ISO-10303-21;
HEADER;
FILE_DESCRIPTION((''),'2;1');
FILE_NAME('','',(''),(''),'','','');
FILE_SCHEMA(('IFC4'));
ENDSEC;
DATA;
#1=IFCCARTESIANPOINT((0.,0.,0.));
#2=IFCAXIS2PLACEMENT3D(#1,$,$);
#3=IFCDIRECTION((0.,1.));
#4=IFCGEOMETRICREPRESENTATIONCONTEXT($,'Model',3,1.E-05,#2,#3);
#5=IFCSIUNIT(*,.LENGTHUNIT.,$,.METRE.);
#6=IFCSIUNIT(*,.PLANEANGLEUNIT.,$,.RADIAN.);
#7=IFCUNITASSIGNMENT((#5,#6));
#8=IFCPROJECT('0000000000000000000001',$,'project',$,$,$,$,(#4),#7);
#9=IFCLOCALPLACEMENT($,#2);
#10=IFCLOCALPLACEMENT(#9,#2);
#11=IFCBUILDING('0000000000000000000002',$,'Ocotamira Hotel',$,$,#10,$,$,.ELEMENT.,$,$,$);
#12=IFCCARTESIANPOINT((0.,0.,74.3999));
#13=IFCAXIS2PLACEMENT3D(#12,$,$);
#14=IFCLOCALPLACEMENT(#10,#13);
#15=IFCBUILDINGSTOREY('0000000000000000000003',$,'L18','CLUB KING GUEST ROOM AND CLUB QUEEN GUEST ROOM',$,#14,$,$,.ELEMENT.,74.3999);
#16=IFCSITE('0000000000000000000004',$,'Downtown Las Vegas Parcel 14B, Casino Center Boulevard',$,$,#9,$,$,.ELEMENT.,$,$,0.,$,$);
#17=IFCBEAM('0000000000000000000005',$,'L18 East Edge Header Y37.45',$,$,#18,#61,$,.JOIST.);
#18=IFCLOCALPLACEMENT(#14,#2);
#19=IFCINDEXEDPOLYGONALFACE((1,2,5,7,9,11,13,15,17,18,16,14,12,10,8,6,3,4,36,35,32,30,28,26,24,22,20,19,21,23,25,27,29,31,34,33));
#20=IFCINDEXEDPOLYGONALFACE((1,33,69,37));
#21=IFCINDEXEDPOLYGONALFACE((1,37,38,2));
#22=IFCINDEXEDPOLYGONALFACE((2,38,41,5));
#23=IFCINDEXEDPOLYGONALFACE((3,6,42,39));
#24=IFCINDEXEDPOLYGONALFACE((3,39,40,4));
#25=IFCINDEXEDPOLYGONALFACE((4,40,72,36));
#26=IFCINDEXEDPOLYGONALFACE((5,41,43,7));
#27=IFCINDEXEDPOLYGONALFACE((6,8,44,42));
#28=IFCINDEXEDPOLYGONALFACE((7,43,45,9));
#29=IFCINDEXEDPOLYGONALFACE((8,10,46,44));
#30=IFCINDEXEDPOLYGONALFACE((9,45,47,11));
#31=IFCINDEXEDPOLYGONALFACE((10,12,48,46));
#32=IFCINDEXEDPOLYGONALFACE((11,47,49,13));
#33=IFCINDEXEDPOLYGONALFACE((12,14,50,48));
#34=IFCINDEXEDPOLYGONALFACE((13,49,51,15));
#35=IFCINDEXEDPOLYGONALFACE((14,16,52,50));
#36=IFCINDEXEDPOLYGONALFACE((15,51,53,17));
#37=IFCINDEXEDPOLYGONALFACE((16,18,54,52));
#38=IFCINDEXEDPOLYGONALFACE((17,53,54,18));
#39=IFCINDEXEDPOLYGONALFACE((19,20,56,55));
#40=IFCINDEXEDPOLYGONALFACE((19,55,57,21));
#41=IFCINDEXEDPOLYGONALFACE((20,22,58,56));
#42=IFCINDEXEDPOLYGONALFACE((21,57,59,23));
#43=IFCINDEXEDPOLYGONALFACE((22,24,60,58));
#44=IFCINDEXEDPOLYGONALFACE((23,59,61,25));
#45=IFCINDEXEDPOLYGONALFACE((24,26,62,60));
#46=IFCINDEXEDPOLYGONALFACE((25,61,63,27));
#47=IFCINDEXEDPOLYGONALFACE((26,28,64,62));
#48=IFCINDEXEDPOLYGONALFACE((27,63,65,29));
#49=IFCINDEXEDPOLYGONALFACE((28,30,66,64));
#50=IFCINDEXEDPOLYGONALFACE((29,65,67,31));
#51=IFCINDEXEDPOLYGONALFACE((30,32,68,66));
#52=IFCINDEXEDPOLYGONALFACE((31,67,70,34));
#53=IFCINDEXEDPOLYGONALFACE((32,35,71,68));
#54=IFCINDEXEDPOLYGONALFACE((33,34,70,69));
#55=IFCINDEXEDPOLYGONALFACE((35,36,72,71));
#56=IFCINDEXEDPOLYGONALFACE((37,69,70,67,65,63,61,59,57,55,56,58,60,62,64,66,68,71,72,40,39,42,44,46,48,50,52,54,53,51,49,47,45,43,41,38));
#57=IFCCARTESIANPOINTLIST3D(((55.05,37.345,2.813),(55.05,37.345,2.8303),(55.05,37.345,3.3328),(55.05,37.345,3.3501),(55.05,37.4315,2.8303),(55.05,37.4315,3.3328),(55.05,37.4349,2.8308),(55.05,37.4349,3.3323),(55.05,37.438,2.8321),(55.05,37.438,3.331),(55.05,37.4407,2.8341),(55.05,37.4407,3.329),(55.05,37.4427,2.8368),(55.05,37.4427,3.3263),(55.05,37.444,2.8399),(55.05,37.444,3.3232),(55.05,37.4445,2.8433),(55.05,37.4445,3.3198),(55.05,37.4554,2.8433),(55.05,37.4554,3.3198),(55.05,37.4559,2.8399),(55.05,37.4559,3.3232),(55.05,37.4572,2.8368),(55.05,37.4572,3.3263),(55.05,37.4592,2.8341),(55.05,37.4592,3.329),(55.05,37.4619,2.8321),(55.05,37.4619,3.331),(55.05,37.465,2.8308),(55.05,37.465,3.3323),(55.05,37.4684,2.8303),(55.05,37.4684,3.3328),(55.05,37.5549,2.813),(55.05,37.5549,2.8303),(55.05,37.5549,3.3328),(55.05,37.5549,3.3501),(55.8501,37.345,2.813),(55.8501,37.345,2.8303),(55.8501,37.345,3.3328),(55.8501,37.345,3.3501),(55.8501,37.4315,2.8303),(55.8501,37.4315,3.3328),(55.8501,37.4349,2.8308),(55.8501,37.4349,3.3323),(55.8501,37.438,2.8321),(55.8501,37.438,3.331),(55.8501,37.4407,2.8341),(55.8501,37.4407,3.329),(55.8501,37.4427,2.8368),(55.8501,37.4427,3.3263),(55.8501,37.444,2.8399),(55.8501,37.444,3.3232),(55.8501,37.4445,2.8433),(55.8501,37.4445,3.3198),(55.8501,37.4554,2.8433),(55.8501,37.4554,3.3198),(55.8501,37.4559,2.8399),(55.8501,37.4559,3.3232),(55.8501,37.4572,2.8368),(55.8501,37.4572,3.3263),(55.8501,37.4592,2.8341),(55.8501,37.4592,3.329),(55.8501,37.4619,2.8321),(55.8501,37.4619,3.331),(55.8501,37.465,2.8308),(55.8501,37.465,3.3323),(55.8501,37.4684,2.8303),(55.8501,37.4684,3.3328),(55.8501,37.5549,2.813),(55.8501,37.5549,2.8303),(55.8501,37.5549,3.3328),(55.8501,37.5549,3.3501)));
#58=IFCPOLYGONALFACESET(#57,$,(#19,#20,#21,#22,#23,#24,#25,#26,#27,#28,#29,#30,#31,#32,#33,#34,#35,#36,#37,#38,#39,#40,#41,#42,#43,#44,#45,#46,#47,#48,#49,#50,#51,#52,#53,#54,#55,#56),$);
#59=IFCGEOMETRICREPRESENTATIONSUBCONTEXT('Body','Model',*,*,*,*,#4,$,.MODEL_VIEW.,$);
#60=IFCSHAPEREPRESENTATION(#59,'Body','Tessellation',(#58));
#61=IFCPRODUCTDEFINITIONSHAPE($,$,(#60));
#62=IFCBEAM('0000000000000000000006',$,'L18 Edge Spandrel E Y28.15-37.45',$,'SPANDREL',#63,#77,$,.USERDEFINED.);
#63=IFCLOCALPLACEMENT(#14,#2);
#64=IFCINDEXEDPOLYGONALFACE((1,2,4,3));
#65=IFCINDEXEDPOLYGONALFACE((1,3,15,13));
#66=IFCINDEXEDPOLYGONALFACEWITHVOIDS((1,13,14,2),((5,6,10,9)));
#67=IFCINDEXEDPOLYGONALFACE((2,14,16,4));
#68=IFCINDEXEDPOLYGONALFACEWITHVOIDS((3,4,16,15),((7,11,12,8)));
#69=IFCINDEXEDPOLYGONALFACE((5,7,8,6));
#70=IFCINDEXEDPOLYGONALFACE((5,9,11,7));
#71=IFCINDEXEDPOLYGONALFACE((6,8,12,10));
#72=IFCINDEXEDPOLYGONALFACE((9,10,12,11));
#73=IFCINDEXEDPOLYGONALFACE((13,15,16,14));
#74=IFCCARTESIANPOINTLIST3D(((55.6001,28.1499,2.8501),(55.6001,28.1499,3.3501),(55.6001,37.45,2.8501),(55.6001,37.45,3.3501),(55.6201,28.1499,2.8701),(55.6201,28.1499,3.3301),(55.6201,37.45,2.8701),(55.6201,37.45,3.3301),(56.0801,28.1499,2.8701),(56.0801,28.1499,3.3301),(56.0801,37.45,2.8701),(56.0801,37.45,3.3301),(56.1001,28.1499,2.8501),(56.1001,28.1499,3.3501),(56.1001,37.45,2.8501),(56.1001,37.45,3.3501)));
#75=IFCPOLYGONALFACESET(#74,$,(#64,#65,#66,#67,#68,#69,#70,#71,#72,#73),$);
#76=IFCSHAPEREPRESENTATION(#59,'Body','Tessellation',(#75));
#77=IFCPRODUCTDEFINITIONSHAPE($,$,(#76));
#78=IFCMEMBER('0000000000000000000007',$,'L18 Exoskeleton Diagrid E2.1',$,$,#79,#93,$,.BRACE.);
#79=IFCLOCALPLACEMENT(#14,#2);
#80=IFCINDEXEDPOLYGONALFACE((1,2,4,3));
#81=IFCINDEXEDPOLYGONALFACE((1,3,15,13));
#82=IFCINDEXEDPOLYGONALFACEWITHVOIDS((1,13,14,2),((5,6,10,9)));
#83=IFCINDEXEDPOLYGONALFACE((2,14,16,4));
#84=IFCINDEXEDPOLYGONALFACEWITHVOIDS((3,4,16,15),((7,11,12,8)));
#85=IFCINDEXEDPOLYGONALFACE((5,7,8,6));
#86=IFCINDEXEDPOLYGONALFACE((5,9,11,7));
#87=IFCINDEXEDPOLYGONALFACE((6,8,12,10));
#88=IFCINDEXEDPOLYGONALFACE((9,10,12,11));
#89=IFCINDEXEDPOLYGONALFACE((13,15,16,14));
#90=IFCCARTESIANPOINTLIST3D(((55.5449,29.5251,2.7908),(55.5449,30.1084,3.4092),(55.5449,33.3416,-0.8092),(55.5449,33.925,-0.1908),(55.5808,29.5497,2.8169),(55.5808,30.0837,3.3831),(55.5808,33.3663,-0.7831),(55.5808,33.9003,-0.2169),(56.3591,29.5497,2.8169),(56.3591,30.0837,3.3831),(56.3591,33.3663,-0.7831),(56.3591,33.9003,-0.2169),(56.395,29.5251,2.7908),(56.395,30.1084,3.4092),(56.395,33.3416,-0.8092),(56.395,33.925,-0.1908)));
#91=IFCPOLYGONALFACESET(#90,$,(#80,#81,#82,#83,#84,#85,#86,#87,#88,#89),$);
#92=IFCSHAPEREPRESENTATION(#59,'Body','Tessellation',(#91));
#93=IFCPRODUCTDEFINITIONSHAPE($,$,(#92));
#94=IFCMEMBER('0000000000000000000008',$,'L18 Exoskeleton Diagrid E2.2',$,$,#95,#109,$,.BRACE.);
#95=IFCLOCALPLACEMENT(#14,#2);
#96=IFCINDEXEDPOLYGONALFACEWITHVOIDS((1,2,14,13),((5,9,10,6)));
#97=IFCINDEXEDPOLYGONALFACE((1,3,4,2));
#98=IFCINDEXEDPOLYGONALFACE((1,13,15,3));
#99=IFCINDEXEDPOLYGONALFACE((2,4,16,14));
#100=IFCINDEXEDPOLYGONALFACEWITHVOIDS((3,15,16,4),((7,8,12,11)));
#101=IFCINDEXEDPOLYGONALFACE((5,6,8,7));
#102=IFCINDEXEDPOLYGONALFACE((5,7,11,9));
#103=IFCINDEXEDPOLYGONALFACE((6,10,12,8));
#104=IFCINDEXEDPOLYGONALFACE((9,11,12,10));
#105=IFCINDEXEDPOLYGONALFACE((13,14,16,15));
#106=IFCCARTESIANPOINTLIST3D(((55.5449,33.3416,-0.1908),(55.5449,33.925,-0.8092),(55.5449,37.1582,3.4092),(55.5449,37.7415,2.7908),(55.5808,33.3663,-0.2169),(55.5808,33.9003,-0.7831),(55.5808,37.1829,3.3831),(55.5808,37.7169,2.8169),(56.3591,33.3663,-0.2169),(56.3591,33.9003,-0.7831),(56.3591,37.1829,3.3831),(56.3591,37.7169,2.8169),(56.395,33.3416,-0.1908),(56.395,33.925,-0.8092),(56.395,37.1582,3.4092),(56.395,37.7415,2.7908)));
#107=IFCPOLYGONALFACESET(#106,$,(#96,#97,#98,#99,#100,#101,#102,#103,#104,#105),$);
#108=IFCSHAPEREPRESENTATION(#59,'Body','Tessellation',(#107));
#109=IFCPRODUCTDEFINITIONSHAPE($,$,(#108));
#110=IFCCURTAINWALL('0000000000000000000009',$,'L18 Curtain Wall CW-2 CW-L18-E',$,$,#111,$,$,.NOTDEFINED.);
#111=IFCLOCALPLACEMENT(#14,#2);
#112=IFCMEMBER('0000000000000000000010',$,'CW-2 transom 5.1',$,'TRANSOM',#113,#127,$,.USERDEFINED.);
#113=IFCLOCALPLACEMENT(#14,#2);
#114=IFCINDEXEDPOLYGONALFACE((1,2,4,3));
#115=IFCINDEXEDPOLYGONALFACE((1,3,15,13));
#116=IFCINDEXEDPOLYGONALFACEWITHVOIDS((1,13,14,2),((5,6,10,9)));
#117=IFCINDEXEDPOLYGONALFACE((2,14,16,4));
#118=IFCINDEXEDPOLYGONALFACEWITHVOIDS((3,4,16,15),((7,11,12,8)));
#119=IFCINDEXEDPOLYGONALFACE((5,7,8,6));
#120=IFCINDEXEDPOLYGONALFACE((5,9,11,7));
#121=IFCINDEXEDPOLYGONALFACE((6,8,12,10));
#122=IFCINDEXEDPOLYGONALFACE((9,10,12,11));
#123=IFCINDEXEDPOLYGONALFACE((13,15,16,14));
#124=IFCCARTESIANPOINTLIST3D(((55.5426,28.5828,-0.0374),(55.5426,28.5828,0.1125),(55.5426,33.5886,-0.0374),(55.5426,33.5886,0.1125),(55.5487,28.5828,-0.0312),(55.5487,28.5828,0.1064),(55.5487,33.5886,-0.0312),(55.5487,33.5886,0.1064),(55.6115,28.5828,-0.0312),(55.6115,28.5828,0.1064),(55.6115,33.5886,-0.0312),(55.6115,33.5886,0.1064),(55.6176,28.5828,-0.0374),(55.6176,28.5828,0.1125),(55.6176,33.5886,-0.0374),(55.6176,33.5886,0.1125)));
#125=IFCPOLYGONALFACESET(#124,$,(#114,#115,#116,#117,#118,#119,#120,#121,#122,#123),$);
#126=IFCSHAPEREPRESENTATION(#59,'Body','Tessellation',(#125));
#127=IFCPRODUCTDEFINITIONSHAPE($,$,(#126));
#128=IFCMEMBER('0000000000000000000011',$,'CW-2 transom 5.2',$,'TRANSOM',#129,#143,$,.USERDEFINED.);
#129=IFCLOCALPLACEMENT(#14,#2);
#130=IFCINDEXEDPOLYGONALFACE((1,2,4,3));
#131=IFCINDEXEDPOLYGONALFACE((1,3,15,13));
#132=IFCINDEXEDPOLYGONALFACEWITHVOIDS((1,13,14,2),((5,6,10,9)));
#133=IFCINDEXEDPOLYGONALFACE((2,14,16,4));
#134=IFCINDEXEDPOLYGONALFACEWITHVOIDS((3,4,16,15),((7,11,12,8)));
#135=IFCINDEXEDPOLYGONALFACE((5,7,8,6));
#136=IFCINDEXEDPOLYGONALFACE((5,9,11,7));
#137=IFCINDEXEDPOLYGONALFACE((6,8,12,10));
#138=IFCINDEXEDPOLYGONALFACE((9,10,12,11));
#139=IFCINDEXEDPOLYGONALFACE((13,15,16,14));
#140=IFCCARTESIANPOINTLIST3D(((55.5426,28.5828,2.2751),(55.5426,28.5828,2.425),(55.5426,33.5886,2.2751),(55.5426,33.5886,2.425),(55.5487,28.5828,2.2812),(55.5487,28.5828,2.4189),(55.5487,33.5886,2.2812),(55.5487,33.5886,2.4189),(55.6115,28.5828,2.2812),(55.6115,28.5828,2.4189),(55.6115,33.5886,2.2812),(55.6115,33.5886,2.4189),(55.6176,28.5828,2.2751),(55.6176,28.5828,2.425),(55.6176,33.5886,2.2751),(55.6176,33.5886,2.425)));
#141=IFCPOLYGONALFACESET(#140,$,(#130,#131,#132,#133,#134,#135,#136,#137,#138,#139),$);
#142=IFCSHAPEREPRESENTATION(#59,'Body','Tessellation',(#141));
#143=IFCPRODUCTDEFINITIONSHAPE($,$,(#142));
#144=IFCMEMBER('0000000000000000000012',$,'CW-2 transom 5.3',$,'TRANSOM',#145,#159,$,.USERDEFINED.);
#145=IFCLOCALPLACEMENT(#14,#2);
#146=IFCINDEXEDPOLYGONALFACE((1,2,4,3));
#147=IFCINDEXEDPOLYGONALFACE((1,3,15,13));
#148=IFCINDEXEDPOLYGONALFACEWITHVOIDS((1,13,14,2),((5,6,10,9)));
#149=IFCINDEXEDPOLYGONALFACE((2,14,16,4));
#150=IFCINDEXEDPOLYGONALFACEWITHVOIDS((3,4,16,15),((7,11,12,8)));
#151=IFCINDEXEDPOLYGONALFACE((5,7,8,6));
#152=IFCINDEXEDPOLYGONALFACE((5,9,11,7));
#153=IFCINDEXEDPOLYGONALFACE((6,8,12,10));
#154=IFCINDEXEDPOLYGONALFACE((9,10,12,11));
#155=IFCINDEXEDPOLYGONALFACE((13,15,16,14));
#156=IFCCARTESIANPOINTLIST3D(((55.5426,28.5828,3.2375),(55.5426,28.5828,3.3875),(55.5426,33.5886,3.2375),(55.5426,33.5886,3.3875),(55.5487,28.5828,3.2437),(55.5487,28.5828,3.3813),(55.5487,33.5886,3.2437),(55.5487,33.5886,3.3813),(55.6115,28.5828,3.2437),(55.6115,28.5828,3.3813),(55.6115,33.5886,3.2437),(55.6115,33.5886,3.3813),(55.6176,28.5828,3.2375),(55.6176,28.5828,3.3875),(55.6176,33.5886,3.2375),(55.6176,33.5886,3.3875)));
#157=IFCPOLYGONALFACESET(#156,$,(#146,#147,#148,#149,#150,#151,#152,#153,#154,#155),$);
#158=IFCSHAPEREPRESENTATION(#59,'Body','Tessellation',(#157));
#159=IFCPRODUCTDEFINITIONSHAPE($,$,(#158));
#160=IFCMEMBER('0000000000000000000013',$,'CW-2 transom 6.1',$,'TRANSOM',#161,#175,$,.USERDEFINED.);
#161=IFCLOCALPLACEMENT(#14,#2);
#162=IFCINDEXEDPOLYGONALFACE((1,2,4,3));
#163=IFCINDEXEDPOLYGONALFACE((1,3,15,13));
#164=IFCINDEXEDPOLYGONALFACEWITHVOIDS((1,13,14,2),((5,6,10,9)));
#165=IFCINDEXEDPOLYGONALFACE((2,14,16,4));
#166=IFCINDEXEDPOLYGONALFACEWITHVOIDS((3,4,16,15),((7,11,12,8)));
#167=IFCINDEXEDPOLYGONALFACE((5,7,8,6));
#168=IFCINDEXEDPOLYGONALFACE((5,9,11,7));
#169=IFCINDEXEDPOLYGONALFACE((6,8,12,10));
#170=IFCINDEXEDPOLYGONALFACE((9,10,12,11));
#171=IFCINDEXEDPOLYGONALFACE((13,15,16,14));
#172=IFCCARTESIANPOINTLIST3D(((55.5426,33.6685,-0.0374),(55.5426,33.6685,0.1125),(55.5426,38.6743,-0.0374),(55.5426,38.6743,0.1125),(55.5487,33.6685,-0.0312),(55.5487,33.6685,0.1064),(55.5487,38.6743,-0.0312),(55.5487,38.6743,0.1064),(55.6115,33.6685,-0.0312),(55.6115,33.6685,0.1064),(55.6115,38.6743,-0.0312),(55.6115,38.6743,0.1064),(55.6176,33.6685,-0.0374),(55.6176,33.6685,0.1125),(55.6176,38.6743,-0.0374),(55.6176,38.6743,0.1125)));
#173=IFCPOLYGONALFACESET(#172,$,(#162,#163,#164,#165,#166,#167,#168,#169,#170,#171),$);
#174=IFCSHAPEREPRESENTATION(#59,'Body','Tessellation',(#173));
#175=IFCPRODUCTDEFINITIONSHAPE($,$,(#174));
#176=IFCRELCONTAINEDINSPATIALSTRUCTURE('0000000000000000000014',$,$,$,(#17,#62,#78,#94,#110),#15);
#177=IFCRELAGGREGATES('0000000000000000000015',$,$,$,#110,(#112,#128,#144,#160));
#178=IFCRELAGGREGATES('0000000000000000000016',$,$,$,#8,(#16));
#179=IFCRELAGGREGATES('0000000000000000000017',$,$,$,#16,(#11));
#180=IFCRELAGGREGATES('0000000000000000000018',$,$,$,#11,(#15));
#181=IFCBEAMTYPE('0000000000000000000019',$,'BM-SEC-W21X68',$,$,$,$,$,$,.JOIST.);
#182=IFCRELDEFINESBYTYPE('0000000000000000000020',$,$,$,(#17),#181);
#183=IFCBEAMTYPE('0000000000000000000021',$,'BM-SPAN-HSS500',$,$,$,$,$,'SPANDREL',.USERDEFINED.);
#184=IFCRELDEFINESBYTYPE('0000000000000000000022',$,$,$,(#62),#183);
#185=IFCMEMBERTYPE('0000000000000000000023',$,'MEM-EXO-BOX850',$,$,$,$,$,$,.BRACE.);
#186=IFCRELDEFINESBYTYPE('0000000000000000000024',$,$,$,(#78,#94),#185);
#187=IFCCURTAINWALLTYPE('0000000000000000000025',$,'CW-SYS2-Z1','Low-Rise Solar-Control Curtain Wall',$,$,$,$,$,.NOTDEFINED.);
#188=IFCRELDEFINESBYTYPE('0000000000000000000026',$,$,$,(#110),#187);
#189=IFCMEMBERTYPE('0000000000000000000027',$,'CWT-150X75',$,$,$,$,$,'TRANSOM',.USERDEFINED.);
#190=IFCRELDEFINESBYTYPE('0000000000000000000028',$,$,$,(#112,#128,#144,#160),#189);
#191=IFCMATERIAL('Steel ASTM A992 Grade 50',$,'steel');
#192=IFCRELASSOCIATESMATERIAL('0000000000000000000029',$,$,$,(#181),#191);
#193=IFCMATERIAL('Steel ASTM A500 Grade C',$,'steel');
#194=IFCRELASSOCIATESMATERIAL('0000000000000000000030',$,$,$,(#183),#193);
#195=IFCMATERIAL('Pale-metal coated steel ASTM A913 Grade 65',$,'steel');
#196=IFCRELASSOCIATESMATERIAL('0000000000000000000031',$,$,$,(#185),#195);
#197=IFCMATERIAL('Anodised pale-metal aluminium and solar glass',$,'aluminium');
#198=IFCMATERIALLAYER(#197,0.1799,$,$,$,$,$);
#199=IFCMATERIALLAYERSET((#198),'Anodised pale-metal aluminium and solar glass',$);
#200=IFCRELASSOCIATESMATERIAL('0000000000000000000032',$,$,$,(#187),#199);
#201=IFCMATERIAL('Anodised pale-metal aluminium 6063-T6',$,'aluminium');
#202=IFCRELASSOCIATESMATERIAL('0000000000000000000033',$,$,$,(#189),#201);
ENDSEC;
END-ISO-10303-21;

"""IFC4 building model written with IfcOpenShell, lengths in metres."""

from ifc_helpers import new_model, si_unit, direction, frame, origin, origin_2d, place, context, subcontext, project, spatial, hollow_rectangle, i_section, extrude, source, transform, mapped, material, layer, layer_set, material_profile, profile_set, type_object, element, aggregate, save


model = new_model("IFC4")

# Units and contexts
model_context = context("Model", 3, precision=1e-05, world=origin(), true_north=direction((0.0, 1.0)))
body_context = subcontext(model_context, "Body", "Model", "MODEL_VIEW")
ifc_project = project(units=[si_unit("LENGTHUNIT", "METRE"), si_unit("PLANEANGLEUNIT", "RADIAN")], contexts=[model_context])

# Site, building, storey
site_placement = place(None, origin())
site = spatial("IfcSite", under=ifc_project, at=site_placement, Name="Downtown Las Vegas Parcel 14B, Casino Center Boulevard", CompositionType="ELEMENT", RefElevation=0.0)
building_placement = place(site_placement, origin())
building = spatial("IfcBuilding", under=site, at=building_placement, Name="Ocotamira Hotel", CompositionType="ELEMENT")
storey_placement = place(building_placement, frame((0.0, 0.0, 74.3999)))
storey = spatial("IfcBuildingStorey", under=building, at=storey_placement, Name="L18", Description="CLUB KING GUEST ROOM AND CLUB QUEEN GUEST ROOM", CompositionType="ELEMENT", Elevation=74.3999)

# Beams
ifc_material_1 = material(Name="Steel ASTM A500 Grade C", Category="steel")
ifc_material_2 = material(Name="Steel ASTM A992 Grade 50", Category="steel")
ifc_material_profile_1 = material_profile(ifc_material_2, i_section(OverallWidth=0.21, OverallDepth=0.5371, WebThickness=0.011, FlangeThickness=0.0173, FilletRadius=0.0129, at=origin_2d()), Name="W21X68")
ifc_profile_set_1 = profile_set([ifc_material_profile_1], Name="Steel ASTM A992 Grade 50")
beam_type_1 = type_object("IfcBeamType", Name="BM-SEC-W21X68", PredefinedType="JOIST", material=ifc_profile_set_1)
shared_shape_1 = source(origin(), body_context, "Body", "SweptSolid", [
    extrude(i_section(OverallWidth=0.21, OverallDepth=0.5371, WebThickness=0.011, FlangeThickness=0.0173, FilletRadius=0.0129, at=origin_2d()), origin(), (0.0, 0.0, 1.0), 0.8),
])
for number, where, z_axis, x_axis, name in (
    (1, (55.05, 37.45, 3.0815), (1.0, 0.0, 0.0), (0.0, 1.0, 0.0), "L18 East Edge Header Y37.45"),
):
    element("IfcBeam", number, at=place(storey_placement, frame(where, z_axis=z_axis, x_axis=x_axis)), inside=storey, type_object=beam_type_1, Name=name, PredefinedType="JOIST", context=body_context, shape_type="MappedRepresentation", body=[
        mapped(shared_shape_1, transform((0.0, 0.0, 0.0), scale=1.0)),
    ])
ifc_material_profile_2 = material_profile(ifc_material_1, hollow_rectangle(XDim=0.5, YDim=0.5, WallThickness=0.02, at=origin_2d()), Name="HSS500X500X20")
ifc_profile_set_2 = profile_set([ifc_material_profile_2], Name="Steel ASTM A500 Grade C")
beam_type_2 = type_object("IfcBeamType", Name="BM-SPAN-HSS500", ElementType="SPANDREL", PredefinedType="USERDEFINED", material=ifc_profile_set_2)
shared_shape_2 = source(origin(), body_context, "Body", "SweptSolid", [
    extrude(hollow_rectangle(XDim=0.5, YDim=0.5, WallThickness=0.02, at=origin_2d()), origin(), (0.0, 0.0, 1.0), 9.3),
])
beam_1_placement = place(storey_placement, frame((55.8501, 28.1499, 3.1001), z_axis=(0.0, 1.0, 0.0), x_axis=(-1.0, 0.0, 0.0)))
element("IfcBeam", 2, at=beam_1_placement, inside=storey, type_object=beam_type_2, Name="L18 Edge Spandrel E Y28.15-37.45", ObjectType="SPANDREL", PredefinedType="USERDEFINED", context=body_context, shape_type="MappedRepresentation", body=[
    mapped(shared_shape_2, transform((0.0, 0.0, 0.0), scale=1.0)),
])

# Members
ifc_material_3 = material(Name="Pale-metal coated steel ASTM A913 Grade 65", Category="steel")
ifc_material_profile_3 = material_profile(ifc_material_3, hollow_rectangle(XDim=0.8501, YDim=0.8501, WallThickness=0.0359, at=origin_2d()), Name="BOX850X850X36")
ifc_profile_set_3 = profile_set([ifc_material_profile_3], Name="Pale-metal coated steel ASTM A913 Grade 65")
member_type_1 = type_object("IfcMemberType", Name="MEM-EXO-BOX850", PredefinedType="BRACE", material=ifc_profile_set_3)
shared_shape_3 = source(origin(), body_context, "Body", "SweptSolid", [
    extrude(hollow_rectangle(XDim=0.8501, YDim=0.8501, WallThickness=0.0359, at=origin_2d()), origin(), (0.0, 0.0, 1.0), 5.2466),
])
for number, where, z_axis, x_axis, name in (
    (3, (55.97, 33.6333, -0.5), (0.0, -0.727443, 0.686168), (1.0, 0.0, 0.0), "L18 Exoskeleton Diagrid E2.1"),
    (4, (55.97, 33.6333, -0.5), (0.0, 0.727443, 0.686168), (-1.0, 0.0, 0.0), "L18 Exoskeleton Diagrid E2.2"),
):
    element("IfcMember", number, at=place(storey_placement, frame(where, z_axis=z_axis, x_axis=x_axis)), inside=storey, type_object=member_type_1, Name=name, PredefinedType="BRACE", context=body_context, shape_type="MappedRepresentation", body=[
        mapped(shared_shape_3, transform((0.0, 0.0, 0.0), scale=1.0)),
    ])

# Curtain wall, members
ifc_material_4 = material(Name="Anodised pale-metal aluminium and solar glass", Category="aluminium")
ifc_layer_1 = layer(ifc_material_4, 0.1799)
ifc_layer_set_1 = layer_set([ifc_layer_1], Name="Anodised pale-metal aluminium and solar glass")
curtain_wall_type = type_object("IfcCurtainWallType", Name="CW-SYS2-Z1", Description="Low-Rise Solar-Control Curtain Wall", PredefinedType="NOTDEFINED", material=ifc_layer_set_1)
curtain_wall_placement = place(storey_placement, origin())
curtain_wall = element("IfcCurtainWall", 5, at=curtain_wall_placement, inside=storey, type_object=curtain_wall_type, Name="L18 Curtain Wall CW-2 CW-L18-E", PredefinedType="NOTDEFINED")
ifc_material_5 = material(Name="Anodised pale-metal aluminium 6063-T6", Category="aluminium")
ifc_material_profile_4 = material_profile(ifc_material_5, hollow_rectangle(XDim=0.075, YDim=0.1499, WallThickness=0.0061, at=origin_2d()), Name="HSS150X75X6")
ifc_profile_set_4 = profile_set([ifc_material_profile_4], Name="Anodised pale-metal aluminium 6063-T6")
member_type_2 = type_object("IfcMemberType", Name="CWT-150X75", ElementType="TRANSOM", PredefinedType="USERDEFINED", material=ifc_profile_set_4)
shared_shape_4 = source(origin(), body_context, "Body", "SweptSolid", [
    extrude(hollow_rectangle(XDim=0.075, YDim=0.1499, WallThickness=0.0061, at=origin_2d()), origin(), (0.0, 0.0, 1.0), 5.0059),
])
member_1_placement = place(storey_placement, frame((55.5801, 28.5828, 0.0376), z_axis=(0.0, 1.0, 0.0), x_axis=(-1.0, 0.0, 0.0)))
member_1 = element("IfcMember", 6, at=member_1_placement, type_object=member_type_2, Name="CW-2 transom 5.1", ObjectType="TRANSOM", PredefinedType="USERDEFINED", context=body_context, shape_type="MappedRepresentation", body=[
    mapped(shared_shape_4, transform((0.0, 0.0, 0.0), scale=1.0)),
])
member_2_placement = place(storey_placement, frame((55.5801, 28.5828, 2.3501), z_axis=(0.0, 1.0, 0.0), x_axis=(-1.0, 0.0, 0.0)))
member_2 = element("IfcMember", 7, at=member_2_placement, type_object=member_type_2, Name="CW-2 transom 5.2", ObjectType="TRANSOM", PredefinedType="USERDEFINED", context=body_context, shape_type="MappedRepresentation", body=[
    mapped(shared_shape_4, transform((0.0, 0.0, 0.0), scale=1.0)),
])
member_3_placement = place(storey_placement, frame((55.5801, 28.5828, 3.3125), z_axis=(0.0, 1.0, 0.0), x_axis=(-1.0, 0.0, 0.0)))
member_3 = element("IfcMember", 8, at=member_3_placement, type_object=member_type_2, Name="CW-2 transom 5.3", ObjectType="TRANSOM", PredefinedType="USERDEFINED", context=body_context, shape_type="MappedRepresentation", body=[
    mapped(shared_shape_4, transform((0.0, 0.0, 0.0), scale=1.0)),
])
member_4_placement = place(storey_placement, frame((55.5801, 33.6685, 0.0376), z_axis=(0.0, 1.0, 0.0), x_axis=(-1.0, 0.0, 0.0)))
member_4 = element("IfcMember", 9, at=member_4_placement, type_object=member_type_2, Name="CW-2 transom 6.1", ObjectType="TRANSOM", PredefinedType="USERDEFINED", context=body_context, shape_type="MappedRepresentation", body=[
    mapped(shared_shape_4, transform((0.0, 0.0, 0.0), scale=1.0)),
])

aggregate(curtain_wall, [member_1, member_2, member_3, member_4])

save(model, "model.ifc")
